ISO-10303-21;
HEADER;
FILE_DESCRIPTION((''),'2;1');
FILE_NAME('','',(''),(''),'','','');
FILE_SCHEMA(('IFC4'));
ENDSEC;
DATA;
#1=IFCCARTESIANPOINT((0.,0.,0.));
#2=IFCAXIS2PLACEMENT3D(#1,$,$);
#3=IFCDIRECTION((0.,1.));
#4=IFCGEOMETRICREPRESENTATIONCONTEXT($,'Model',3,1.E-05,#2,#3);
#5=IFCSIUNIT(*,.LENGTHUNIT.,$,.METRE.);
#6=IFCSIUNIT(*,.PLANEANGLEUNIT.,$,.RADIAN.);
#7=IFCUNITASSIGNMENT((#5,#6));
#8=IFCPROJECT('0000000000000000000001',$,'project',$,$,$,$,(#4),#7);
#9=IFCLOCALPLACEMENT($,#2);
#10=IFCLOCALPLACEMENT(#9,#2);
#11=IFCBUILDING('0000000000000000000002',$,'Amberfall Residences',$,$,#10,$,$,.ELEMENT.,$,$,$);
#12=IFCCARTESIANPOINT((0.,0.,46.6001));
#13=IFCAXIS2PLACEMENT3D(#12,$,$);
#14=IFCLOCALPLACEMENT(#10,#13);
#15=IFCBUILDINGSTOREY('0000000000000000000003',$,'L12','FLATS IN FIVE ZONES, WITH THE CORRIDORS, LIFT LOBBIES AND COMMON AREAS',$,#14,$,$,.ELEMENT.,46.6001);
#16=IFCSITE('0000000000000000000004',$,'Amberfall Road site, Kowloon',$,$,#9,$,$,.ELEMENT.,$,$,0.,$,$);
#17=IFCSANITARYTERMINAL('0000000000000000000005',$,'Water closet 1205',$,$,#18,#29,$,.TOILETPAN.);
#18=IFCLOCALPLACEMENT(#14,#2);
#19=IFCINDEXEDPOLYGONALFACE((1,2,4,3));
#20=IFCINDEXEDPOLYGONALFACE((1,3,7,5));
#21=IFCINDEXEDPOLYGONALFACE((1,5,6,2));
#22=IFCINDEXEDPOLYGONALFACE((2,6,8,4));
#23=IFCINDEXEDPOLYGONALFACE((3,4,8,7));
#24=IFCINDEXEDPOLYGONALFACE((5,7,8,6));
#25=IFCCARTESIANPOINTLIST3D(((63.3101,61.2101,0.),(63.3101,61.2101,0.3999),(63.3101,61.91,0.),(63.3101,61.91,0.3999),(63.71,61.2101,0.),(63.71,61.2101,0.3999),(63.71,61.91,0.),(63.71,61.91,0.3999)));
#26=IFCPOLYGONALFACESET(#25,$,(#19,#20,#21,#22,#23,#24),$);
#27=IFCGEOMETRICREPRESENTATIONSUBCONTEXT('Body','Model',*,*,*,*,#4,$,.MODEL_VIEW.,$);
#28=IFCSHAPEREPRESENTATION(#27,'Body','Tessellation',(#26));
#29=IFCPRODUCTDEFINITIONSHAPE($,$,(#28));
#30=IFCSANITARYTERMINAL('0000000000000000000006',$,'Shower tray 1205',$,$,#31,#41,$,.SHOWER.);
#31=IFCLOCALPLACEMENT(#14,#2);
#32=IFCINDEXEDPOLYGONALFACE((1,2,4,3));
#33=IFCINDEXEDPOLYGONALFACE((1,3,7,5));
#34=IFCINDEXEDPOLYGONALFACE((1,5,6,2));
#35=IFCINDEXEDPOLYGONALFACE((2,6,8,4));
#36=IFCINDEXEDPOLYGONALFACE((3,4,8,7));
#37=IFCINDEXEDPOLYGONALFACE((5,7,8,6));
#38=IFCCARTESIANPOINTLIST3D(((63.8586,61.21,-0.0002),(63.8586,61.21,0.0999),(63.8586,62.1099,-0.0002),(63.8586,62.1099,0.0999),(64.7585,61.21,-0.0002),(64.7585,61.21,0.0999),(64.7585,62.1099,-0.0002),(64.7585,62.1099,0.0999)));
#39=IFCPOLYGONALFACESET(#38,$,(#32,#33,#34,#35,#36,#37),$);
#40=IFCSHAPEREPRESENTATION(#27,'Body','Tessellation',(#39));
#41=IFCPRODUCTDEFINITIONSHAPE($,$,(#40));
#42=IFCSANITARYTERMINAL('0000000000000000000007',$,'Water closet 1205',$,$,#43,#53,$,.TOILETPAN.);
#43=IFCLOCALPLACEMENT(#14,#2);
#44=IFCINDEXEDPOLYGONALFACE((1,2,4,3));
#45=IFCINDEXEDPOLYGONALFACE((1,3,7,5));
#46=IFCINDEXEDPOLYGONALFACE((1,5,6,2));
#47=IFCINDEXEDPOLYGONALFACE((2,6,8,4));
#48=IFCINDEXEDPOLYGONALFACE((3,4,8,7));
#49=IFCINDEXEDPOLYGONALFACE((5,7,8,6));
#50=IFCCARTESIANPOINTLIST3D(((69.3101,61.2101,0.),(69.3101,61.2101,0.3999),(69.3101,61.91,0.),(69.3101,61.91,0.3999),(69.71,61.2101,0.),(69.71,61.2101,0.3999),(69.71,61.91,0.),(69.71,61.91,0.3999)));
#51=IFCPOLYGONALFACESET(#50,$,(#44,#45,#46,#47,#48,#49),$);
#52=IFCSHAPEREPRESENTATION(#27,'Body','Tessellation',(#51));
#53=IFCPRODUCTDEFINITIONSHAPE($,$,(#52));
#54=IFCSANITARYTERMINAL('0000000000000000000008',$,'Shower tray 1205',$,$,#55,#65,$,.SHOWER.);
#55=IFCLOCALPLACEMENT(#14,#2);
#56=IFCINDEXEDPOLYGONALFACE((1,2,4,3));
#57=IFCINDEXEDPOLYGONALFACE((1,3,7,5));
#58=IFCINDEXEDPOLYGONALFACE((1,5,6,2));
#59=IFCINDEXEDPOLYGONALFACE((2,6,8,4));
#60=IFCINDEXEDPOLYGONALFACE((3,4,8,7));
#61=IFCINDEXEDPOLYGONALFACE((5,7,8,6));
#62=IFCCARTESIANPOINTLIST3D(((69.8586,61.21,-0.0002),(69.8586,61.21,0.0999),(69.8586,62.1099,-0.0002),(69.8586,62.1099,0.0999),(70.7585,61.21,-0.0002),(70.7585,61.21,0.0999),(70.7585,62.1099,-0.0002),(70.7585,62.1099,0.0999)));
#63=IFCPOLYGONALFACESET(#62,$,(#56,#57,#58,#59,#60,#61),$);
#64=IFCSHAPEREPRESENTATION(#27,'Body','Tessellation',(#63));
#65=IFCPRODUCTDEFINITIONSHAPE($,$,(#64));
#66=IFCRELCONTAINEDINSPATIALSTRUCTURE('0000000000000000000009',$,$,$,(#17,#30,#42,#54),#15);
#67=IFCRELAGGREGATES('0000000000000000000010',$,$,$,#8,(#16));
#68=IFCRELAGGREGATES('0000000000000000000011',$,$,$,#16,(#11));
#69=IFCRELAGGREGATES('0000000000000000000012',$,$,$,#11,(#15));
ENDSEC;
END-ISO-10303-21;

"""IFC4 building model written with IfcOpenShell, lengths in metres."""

from ifc_helpers import new_model, si_unit, direction, frame, origin, origin_2d, place, context, subcontext, project, spatial, rectangle, extrude, element, save


model = new_model("IFC4")

# Units and contexts
model_context = context("Model", 3, precision=1e-05, world=origin(), true_north=direction((0.0, 1.0)))
body_context = subcontext(model_context, "Body", "Model", "MODEL_VIEW")
ifc_project = project(units=[si_unit("LENGTHUNIT", "METRE"), si_unit("PLANEANGLEUNIT", "RADIAN")], contexts=[model_context])

# Site, building, storey
site_placement = place(None, origin())
site = spatial("IfcSite", under=ifc_project, at=site_placement, Name="Amberfall Road site, Kowloon", CompositionType="ELEMENT", RefElevation=0.0)
building_placement = place(site_placement, origin())
building = spatial("IfcBuilding", under=site, at=building_placement, Name="Amberfall Residences", CompositionType="ELEMENT")
storey_placement = place(building_placement, frame((0.0, 0.0, 46.6001)))
storey = spatial("IfcBuildingStorey", under=building, at=storey_placement, Name="L12", Description="FLATS IN FIVE ZONES, WITH THE CORRIDORS, LIFT LOBBIES AND COMMON AREAS", CompositionType="ELEMENT", Elevation=46.6001)

# Sanitary terminals
sanitary_terminal_1_placement = place(storey_placement, frame((63.51, 61.5601, 0.0), z_axis=(0.0, 0.0, 1.0), x_axis=(1.0, 0.0, 0.0)))
element("IfcSanitaryTerminal", 1, at=sanitary_terminal_1_placement, inside=storey, Name="Water closet 1205", PredefinedType="TOILETPAN", context=body_context, shape_type="SweptSolid", body=[
    extrude(rectangle(XDim=0.3999, YDim=0.7, at=origin_2d()), origin(), (0.0, 0.0, 1.0), 0.3999),
])
sanitary_terminal_2_placement = place(storey_placement, frame((64.3086, 61.6599, -0.0002), z_axis=(0.0, 0.0, 1.0), x_axis=(1.0, 0.0, 0.0)))
element("IfcSanitaryTerminal", 2, at=sanitary_terminal_2_placement, inside=storey, Name="Shower tray 1205", PredefinedType="SHOWER", context=body_context, shape_type="SweptSolid", body=[
    extrude(rectangle(XDim=0.8999, YDim=0.8999, at=origin_2d()), origin(), (0.0, 0.0, 1.0), 0.1001),
])
sanitary_terminal_3_placement = place(storey_placement, frame((69.51, 61.5601, 0.0), z_axis=(0.0, 0.0, 1.0), x_axis=(1.0, 0.0, 0.0)))
element("IfcSanitaryTerminal", 3, at=sanitary_terminal_3_placement, inside=storey, Name="Water closet 1205", PredefinedType="TOILETPAN", context=body_context, shape_type="SweptSolid", body=[
    extrude(rectangle(XDim=0.3999, YDim=0.7, at=origin_2d()), origin(), (0.0, 0.0, 1.0), 0.3999),
])
sanitary_terminal_4_placement = place(storey_placement, frame((70.3086, 61.6599, -0.0002), z_axis=(0.0, 0.0, 1.0), x_axis=(1.0, 0.0, 0.0)))
element("IfcSanitaryTerminal", 4, at=sanitary_terminal_4_placement, inside=storey, Name="Shower tray 1205", PredefinedType="SHOWER", context=body_context, shape_type="SweptSolid", body=[
    extrude(rectangle(XDim=0.8999, YDim=0.8999, at=origin_2d()), origin(), (0.0, 0.0, 1.0), 0.1001),
])

save(model, "model.ifc")
